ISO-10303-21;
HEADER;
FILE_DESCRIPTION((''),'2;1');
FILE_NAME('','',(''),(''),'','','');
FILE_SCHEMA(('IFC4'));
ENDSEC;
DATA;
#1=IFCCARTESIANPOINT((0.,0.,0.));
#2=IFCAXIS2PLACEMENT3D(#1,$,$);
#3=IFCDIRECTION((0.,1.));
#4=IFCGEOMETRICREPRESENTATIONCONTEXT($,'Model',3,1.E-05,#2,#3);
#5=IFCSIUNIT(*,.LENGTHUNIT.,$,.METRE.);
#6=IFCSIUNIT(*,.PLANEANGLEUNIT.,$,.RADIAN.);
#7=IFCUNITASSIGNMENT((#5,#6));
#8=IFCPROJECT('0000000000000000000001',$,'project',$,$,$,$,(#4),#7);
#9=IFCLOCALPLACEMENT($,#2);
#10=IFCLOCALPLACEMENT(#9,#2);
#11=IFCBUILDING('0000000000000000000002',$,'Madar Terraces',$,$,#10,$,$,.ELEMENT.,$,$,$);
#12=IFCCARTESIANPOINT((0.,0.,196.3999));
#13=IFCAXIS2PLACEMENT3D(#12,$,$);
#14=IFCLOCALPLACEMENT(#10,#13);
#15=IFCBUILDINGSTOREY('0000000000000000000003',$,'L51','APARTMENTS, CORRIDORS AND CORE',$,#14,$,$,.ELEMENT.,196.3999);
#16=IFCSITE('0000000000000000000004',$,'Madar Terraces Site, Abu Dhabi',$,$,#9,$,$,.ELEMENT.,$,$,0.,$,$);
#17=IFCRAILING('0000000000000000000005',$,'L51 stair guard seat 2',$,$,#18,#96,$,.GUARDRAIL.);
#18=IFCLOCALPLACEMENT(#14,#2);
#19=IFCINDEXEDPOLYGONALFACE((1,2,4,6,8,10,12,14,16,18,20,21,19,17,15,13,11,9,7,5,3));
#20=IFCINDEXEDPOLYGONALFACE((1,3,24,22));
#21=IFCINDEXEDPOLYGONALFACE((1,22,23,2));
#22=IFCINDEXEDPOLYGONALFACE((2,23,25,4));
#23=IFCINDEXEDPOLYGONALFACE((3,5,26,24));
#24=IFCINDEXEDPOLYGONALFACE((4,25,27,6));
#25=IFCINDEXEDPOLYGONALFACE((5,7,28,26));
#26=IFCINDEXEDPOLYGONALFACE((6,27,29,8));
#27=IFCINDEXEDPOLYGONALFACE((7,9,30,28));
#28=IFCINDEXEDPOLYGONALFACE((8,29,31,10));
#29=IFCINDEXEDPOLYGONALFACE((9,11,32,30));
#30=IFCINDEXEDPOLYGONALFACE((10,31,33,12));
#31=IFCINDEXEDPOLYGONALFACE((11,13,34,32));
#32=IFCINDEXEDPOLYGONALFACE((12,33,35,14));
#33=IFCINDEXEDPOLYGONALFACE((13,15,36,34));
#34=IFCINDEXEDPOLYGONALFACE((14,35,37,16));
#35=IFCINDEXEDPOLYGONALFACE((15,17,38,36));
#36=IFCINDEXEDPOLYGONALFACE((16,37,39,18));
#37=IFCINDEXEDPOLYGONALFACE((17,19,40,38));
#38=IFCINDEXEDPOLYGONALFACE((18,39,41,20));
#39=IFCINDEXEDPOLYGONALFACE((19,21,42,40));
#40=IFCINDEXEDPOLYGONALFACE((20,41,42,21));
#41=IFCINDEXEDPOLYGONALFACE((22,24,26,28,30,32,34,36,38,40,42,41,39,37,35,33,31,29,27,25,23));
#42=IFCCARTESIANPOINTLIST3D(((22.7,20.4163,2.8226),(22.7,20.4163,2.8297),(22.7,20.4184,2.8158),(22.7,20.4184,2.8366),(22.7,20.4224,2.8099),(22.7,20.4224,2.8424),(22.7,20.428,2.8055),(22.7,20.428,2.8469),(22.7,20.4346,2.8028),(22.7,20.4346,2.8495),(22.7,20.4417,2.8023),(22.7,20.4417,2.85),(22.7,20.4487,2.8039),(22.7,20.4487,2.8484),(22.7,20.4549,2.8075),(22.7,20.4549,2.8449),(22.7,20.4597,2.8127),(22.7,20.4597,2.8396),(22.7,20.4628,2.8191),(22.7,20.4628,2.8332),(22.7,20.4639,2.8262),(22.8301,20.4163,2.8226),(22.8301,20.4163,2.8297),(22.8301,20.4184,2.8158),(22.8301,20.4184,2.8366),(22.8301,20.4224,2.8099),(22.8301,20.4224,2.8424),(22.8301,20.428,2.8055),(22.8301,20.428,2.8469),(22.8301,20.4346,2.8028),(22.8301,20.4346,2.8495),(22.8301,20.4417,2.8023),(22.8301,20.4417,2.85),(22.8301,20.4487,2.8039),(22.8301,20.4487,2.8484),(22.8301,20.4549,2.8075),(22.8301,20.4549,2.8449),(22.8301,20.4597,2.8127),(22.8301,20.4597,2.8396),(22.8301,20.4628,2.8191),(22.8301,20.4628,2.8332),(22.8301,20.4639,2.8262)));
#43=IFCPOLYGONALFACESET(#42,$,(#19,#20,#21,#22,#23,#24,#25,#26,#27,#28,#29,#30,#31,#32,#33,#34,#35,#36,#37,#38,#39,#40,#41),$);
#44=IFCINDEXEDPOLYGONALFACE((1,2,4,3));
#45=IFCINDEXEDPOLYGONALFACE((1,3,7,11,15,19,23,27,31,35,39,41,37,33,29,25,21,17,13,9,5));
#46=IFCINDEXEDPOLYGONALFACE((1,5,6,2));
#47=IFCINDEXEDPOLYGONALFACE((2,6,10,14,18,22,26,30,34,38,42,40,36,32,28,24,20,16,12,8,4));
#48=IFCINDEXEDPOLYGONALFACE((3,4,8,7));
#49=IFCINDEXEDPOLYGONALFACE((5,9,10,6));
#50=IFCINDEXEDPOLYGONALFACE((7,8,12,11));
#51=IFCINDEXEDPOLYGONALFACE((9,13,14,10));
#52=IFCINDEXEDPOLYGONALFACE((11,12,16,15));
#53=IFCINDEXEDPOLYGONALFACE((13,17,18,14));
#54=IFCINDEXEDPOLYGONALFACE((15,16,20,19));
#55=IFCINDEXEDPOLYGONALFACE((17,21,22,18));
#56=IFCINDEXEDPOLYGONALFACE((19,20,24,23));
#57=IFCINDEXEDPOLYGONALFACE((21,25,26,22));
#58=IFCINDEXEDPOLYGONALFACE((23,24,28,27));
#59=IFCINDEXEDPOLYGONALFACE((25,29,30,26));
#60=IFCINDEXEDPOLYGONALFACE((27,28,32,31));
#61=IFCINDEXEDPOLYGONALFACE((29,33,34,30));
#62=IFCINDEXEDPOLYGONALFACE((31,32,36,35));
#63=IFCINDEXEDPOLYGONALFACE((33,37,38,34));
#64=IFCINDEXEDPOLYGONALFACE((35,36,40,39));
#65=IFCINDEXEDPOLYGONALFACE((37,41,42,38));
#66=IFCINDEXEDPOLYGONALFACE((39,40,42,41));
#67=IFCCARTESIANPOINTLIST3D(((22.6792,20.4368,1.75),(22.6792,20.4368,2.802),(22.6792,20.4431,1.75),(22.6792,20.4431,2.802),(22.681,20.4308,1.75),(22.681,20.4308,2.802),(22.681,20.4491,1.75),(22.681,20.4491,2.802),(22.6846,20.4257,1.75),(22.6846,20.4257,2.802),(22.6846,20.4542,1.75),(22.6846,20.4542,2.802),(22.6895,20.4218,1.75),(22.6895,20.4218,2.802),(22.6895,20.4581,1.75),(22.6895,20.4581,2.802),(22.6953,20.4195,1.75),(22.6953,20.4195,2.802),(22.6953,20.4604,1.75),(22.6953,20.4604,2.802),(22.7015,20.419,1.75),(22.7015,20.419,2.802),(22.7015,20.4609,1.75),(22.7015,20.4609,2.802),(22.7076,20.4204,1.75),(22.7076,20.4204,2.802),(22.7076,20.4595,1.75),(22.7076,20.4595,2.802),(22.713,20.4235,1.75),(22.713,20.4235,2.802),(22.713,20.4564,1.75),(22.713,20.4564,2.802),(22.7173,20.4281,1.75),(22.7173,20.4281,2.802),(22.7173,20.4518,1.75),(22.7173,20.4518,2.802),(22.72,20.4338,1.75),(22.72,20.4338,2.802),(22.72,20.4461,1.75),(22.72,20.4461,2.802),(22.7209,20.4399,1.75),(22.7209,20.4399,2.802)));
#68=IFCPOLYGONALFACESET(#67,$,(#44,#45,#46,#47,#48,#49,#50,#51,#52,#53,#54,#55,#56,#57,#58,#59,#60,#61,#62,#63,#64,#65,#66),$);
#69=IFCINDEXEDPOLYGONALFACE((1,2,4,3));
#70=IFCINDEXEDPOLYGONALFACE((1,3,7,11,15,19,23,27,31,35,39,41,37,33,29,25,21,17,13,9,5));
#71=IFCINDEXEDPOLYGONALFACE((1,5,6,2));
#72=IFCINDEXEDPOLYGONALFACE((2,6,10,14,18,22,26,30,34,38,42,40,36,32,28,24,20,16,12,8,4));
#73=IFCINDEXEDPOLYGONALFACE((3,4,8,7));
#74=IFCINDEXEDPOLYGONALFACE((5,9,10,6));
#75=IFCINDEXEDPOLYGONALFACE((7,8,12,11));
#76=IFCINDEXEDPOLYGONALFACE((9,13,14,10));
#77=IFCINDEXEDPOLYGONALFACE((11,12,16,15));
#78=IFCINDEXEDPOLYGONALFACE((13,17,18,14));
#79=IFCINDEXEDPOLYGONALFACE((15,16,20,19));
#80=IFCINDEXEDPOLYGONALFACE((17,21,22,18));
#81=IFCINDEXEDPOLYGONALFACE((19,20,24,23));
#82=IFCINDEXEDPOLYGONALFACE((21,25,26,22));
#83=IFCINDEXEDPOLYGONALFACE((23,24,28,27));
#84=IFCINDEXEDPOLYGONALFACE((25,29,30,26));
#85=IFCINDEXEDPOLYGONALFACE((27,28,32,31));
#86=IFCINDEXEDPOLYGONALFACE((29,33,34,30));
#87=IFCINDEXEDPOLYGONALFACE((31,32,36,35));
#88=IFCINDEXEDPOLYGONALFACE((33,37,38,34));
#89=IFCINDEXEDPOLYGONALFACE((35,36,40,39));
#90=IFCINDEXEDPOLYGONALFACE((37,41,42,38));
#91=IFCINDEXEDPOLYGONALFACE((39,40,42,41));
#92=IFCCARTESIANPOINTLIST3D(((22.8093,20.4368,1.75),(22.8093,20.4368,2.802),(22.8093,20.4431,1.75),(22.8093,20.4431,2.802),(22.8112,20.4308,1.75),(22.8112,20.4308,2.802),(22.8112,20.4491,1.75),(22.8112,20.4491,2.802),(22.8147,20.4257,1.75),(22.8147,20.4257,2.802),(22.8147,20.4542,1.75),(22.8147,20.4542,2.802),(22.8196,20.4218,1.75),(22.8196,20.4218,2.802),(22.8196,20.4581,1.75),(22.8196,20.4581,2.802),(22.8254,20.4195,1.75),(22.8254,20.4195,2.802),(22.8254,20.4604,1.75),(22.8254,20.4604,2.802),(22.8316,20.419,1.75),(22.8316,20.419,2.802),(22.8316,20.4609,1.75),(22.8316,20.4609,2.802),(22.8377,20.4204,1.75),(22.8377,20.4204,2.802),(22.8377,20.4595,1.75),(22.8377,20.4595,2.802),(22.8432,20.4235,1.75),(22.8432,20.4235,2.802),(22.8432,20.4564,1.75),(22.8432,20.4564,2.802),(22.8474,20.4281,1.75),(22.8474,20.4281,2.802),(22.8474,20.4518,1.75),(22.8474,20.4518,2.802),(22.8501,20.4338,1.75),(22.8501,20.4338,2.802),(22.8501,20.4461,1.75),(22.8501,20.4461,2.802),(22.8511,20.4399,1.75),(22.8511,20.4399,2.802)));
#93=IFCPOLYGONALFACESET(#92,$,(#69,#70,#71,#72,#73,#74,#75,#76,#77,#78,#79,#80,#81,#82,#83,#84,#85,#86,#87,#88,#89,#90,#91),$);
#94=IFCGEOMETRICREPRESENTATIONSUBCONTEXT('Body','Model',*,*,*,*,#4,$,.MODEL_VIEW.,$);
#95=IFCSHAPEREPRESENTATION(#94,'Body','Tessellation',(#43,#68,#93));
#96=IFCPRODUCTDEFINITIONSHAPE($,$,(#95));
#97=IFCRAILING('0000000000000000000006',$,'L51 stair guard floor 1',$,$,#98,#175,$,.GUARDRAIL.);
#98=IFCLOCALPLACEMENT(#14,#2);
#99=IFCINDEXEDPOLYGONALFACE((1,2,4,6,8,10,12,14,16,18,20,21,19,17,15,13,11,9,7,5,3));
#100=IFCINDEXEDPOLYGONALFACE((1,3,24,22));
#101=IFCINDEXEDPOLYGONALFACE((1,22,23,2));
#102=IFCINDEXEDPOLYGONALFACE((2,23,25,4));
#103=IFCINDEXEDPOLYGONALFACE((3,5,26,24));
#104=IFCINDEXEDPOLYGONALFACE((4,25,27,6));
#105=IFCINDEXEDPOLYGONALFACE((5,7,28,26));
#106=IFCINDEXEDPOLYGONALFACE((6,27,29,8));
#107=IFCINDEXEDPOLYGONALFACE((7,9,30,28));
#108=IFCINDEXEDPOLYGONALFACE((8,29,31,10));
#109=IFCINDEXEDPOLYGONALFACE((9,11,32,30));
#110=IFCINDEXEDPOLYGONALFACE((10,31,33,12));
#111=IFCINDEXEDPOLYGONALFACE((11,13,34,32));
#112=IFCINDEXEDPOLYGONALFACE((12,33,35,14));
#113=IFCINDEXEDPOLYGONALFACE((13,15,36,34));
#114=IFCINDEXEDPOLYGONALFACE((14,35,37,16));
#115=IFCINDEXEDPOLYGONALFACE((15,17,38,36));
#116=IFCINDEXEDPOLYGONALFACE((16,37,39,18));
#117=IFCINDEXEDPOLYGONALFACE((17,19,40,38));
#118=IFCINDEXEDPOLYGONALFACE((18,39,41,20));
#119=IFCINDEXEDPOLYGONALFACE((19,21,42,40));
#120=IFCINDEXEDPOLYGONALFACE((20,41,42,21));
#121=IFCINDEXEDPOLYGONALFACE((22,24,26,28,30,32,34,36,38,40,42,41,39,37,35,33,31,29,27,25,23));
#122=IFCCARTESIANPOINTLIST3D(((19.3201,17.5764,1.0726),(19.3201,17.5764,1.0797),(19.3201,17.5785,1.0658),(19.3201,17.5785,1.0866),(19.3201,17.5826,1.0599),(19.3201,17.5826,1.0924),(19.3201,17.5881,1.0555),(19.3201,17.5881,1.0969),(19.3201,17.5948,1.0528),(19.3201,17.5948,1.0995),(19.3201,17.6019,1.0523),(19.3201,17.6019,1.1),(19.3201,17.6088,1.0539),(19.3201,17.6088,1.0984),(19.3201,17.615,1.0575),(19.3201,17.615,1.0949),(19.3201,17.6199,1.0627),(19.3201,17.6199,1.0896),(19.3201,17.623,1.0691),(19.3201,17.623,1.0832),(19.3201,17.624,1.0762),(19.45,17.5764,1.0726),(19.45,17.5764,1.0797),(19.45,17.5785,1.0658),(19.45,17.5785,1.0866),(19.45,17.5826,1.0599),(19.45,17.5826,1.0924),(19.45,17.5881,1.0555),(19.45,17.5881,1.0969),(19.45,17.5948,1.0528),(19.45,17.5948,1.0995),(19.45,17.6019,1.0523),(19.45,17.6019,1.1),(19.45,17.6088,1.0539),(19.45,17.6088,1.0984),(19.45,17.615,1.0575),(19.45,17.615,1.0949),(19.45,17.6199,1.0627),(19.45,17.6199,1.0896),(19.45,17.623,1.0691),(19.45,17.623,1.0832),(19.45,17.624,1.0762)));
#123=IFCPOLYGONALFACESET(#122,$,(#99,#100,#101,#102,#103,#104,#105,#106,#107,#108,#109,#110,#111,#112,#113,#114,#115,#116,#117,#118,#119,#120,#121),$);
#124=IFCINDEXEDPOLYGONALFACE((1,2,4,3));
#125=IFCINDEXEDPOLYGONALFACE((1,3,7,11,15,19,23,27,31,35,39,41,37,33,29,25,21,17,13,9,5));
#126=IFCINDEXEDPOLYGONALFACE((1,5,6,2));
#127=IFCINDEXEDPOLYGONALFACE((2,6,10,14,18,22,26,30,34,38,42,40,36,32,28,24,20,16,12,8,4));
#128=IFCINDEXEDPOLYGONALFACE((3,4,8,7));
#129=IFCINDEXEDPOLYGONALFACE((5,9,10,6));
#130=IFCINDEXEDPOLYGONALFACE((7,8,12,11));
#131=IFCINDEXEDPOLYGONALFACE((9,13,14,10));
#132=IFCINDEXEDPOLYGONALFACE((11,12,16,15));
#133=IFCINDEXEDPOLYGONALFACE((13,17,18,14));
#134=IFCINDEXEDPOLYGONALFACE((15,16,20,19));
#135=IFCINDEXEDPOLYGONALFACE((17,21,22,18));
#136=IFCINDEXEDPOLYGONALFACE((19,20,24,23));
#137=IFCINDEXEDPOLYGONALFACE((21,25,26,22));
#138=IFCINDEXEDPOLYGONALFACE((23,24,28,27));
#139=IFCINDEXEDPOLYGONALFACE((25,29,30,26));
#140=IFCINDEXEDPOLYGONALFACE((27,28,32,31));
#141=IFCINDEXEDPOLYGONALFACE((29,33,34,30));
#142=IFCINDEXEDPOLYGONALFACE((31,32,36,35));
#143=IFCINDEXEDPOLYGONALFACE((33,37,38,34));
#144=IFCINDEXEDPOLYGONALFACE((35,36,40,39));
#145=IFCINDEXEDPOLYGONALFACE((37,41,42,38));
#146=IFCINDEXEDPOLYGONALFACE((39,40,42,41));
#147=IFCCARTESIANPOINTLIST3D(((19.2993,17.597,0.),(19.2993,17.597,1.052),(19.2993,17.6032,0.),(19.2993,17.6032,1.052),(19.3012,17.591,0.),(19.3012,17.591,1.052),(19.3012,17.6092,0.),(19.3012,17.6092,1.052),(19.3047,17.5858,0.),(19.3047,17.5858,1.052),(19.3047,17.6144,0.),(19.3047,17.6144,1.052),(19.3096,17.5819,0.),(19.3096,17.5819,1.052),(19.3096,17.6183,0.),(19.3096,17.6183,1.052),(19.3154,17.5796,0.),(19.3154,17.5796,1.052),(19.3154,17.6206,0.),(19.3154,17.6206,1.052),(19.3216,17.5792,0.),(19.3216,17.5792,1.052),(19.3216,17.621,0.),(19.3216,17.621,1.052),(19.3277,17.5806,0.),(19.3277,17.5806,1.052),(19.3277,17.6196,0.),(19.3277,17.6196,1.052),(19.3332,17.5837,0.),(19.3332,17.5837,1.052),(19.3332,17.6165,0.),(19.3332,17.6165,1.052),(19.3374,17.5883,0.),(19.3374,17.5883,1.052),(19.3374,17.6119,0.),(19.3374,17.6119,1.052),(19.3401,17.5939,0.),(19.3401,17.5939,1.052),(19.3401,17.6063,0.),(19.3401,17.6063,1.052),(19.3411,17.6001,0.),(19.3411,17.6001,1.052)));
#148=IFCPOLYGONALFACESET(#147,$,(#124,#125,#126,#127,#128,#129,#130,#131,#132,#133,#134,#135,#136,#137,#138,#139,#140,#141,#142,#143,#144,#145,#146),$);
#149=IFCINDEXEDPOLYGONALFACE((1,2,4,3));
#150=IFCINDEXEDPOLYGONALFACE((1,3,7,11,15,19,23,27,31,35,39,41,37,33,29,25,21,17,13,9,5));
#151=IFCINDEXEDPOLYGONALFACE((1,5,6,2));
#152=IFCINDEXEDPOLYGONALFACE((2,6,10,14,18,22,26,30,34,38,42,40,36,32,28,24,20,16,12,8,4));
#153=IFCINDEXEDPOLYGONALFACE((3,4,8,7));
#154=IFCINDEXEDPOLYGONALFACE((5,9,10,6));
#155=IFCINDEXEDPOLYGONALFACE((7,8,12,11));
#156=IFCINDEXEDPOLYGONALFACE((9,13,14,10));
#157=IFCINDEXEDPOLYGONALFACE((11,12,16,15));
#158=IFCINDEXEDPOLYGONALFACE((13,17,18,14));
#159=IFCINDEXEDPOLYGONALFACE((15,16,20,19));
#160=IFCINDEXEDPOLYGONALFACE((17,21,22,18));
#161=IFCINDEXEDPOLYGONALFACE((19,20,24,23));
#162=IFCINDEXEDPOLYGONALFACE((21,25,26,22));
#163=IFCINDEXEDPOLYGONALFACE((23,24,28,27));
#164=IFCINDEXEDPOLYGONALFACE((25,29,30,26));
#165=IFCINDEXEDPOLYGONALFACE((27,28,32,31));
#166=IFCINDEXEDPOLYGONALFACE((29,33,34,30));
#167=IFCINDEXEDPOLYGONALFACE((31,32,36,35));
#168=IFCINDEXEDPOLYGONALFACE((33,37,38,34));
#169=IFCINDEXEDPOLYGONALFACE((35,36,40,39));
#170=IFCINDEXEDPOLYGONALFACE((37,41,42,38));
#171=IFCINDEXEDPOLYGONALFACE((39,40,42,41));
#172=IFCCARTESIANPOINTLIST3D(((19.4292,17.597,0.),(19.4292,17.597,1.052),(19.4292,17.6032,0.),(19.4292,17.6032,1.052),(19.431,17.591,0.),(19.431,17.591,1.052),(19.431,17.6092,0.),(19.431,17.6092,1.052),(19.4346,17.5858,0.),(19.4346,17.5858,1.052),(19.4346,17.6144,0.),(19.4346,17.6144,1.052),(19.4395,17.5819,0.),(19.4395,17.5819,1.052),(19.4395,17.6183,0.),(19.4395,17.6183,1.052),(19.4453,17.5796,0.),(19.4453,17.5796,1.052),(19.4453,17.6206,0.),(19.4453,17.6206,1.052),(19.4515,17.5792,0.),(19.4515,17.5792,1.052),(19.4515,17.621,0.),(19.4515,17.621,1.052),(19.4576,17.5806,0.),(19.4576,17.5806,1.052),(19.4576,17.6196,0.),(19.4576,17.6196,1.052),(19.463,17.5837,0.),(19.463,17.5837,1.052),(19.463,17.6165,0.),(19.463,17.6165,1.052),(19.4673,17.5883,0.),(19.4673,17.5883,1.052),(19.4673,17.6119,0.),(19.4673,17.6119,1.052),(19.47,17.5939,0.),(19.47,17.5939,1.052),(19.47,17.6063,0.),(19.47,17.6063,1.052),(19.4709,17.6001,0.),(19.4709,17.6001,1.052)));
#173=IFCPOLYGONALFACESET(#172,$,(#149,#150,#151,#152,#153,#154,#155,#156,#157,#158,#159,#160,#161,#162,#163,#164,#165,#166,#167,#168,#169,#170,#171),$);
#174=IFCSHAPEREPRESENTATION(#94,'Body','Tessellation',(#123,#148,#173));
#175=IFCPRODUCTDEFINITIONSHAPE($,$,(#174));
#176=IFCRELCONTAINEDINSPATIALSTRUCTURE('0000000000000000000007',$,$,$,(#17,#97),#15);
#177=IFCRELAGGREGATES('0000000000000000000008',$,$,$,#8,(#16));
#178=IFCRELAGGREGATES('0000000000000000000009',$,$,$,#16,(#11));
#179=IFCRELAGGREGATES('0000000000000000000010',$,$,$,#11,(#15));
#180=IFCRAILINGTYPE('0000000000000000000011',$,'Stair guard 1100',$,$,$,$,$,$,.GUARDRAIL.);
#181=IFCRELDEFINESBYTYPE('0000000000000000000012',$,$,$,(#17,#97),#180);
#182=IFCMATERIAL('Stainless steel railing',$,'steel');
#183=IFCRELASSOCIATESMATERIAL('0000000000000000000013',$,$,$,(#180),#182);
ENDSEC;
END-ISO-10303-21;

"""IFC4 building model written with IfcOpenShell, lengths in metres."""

from ifc_helpers import new_model, si_unit, direction, frame, origin, origin_2d, place, context, subcontext, project, spatial, circle, extrude, material, type_object, element, save


model = new_model("IFC4")

# Units and contexts
model_context = context("Model", 3, precision=1e-05, world=origin(), true_north=direction((0.0, 1.0)))
body_context = subcontext(model_context, "Body", "Model", "MODEL_VIEW")
ifc_project = project(units=[si_unit("LENGTHUNIT", "METRE"), si_unit("PLANEANGLEUNIT", "RADIAN")], contexts=[model_context])

# Site, building, storey
site_placement = place(None, origin())
site = spatial("IfcSite", under=ifc_project, at=site_placement, Name="Madar Terraces Site, Abu Dhabi", CompositionType="ELEMENT", RefElevation=0.0)
building_placement = place(site_placement, origin())
building = spatial("IfcBuilding", under=site, at=building_placement, Name="Madar Terraces", CompositionType="ELEMENT")
storey_placement = place(building_placement, frame((0.0, 0.0, 196.3999)))
storey = spatial("IfcBuildingStorey", under=building, at=storey_placement, Name="L51", Description="APARTMENTS, CORRIDORS AND CORE", CompositionType="ELEMENT", Elevation=196.3999)

# Railings
ifc_material_1 = material(Name="Stainless steel railing", Category="steel")
railing_type_1 = type_object("IfcRailingType", Name="Stair guard 1100", PredefinedType="GUARDRAIL", material=ifc_material_1)
railing_1_placement = place(storey_placement, frame((22.7, 20.4399, 1.75)))
element("IfcRailing", 1, at=railing_1_placement, inside=storey, type_object=railing_type_1, Name="L51 stair guard seat 2", PredefinedType="GUARDRAIL", context=body_context, shape_type="SweptSolid", body=[
    extrude(circle(Radius=0.0239, at=origin_2d()), frame((0.0, 0.0, 1.0762), z_axis=(1.0, 0.0, 0.0), x_axis=(0.0, 1.0, 0.0)), (0.0, 0.0, 1.0), 0.1301),
    extrude(circle(Radius=0.021, at=origin_2d()), origin(), (0.0, 0.0, 1.0), 1.052),
    extrude(circle(Radius=0.021, at=origin_2d()), frame((0.1301, 0.0, 0.0)), (0.0, 0.0, 1.0), 1.052),
])
railing_2_placement = place(storey_placement, frame((19.3201, 17.6001, 0.0)))
element("IfcRailing", 2, at=railing_2_placement, inside=storey, type_object=railing_type_1, Name="L51 stair guard floor 1", PredefinedType="GUARDRAIL", context=body_context, shape_type="SweptSolid", body=[
    extrude(circle(Radius=0.0239, at=origin_2d()), frame((0.0, 0.0, 1.0762), z_axis=(1.0, 0.0, 0.0), x_axis=(0.0, 1.0, 0.0)), (0.0, 0.0, 1.0), 0.1299),
    extrude(circle(Radius=0.021, at=origin_2d()), origin(), (0.0, 0.0, 1.0), 1.052),
    extrude(circle(Radius=0.021, at=origin_2d()), frame((0.1299, 0.0, 0.0)), (0.0, 0.0, 1.0), 1.052),
])

save(model, "model.ifc")
